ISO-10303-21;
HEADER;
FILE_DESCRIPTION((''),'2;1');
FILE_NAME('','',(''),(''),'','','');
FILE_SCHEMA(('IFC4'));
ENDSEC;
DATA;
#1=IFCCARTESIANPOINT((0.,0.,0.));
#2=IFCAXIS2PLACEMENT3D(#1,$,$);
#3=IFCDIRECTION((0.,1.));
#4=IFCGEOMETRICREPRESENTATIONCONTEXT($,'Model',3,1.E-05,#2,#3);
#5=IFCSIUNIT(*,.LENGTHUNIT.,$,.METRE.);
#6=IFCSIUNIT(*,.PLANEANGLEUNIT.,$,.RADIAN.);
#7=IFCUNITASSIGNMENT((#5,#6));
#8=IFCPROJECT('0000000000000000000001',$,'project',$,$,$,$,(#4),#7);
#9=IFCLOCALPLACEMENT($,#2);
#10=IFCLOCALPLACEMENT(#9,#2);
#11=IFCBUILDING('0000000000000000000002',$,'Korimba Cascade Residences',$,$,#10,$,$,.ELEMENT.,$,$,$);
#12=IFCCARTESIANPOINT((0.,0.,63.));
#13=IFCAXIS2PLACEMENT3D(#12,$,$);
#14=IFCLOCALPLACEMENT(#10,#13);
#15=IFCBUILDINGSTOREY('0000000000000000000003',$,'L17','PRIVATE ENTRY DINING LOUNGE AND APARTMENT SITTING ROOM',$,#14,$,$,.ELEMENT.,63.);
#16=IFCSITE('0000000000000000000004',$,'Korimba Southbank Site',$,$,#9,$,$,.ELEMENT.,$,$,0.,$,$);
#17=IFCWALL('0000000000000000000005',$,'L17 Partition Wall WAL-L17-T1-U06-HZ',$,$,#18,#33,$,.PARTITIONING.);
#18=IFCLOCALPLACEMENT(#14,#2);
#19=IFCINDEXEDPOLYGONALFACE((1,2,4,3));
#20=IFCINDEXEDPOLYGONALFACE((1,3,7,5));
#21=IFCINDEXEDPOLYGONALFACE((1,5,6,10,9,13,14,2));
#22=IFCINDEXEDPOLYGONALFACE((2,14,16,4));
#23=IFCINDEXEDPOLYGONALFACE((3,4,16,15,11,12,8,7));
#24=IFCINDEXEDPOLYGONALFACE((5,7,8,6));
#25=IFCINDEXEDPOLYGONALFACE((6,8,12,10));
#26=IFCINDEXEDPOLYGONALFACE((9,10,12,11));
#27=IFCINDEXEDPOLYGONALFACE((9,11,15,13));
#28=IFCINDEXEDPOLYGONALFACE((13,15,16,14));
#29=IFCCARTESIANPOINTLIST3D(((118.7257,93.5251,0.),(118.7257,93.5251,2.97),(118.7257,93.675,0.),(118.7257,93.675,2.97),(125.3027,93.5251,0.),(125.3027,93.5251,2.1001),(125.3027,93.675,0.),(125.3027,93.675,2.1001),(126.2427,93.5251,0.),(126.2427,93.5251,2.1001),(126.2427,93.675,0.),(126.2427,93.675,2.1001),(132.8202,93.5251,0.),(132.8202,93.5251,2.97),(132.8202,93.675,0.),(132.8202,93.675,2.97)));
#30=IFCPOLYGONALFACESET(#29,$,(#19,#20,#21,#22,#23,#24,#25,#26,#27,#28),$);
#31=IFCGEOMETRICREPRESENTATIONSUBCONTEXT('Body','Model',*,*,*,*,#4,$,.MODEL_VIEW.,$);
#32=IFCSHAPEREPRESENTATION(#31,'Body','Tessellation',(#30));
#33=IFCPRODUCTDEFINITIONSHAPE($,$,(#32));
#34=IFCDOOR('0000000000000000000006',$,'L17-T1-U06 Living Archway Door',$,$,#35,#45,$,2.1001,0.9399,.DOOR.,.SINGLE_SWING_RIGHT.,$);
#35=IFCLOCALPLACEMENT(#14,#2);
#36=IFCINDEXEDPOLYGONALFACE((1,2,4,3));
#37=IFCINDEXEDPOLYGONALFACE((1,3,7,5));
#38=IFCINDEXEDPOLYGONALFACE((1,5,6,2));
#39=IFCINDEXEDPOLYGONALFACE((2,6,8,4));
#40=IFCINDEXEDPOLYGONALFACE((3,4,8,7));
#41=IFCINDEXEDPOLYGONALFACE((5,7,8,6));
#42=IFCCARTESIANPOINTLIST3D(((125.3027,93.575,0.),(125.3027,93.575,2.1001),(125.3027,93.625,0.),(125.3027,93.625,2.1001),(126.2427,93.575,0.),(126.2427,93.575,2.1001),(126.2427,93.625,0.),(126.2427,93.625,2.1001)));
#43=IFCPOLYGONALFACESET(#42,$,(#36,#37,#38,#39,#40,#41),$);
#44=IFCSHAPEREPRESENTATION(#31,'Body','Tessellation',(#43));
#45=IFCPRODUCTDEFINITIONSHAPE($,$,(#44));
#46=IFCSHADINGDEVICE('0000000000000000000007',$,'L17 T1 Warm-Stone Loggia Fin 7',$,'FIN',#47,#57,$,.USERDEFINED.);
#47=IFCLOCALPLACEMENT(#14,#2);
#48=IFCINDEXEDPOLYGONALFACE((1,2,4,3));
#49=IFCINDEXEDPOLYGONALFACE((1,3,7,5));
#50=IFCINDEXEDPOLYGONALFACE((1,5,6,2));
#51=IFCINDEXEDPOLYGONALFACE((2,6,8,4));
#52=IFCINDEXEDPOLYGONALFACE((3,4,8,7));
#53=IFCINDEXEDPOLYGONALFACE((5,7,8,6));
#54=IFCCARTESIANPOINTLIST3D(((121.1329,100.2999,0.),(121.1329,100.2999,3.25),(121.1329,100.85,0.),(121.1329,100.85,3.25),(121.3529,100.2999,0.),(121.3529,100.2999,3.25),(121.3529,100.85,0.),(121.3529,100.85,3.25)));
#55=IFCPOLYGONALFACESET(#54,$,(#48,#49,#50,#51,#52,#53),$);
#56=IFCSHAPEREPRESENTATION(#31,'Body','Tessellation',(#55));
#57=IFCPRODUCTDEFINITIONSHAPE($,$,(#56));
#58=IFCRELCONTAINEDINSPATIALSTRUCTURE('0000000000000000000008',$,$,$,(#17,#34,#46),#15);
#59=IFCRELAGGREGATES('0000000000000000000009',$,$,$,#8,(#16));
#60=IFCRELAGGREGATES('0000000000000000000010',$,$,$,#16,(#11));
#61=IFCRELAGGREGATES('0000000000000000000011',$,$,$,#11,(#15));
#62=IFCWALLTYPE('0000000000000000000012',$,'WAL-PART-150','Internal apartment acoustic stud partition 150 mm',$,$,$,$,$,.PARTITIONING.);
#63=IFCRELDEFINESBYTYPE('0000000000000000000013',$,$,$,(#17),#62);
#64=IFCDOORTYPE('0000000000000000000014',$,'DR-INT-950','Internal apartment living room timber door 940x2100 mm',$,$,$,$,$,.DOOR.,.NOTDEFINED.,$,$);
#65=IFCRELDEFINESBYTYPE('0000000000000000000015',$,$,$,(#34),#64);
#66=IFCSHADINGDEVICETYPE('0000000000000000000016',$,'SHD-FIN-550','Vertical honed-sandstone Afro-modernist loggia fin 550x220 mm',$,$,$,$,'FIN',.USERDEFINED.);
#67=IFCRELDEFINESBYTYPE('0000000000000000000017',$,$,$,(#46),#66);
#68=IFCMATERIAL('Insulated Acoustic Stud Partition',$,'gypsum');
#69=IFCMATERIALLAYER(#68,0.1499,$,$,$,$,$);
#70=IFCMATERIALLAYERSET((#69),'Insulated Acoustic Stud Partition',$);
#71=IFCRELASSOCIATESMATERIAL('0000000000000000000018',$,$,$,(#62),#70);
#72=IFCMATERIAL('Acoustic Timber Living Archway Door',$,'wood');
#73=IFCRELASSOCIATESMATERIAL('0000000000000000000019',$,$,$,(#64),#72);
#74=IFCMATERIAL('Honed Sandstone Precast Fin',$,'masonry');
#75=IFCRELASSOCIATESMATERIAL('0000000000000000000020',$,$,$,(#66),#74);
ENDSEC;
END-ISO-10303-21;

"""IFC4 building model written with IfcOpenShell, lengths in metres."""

from ifc_helpers import new_model, si_unit, direction, frame, frame_2d, origin, origin_2d, place, context, subcontext, project, spatial, rectangle, extrude, material, layer, layer_set, type_object, element, fill, save


model = new_model("IFC4")

# Units and contexts
model_context = context("Model", 3, precision=1e-05, world=origin(), true_north=direction((0.0, 1.0)))
body_context = subcontext(model_context, "Body", "Model", "MODEL_VIEW")
ifc_project = project(units=[si_unit("LENGTHUNIT", "METRE"), si_unit("PLANEANGLEUNIT", "RADIAN")], contexts=[model_context])

# Site, building, storey
site_placement = place(None, origin())
site = spatial("IfcSite", under=ifc_project, at=site_placement, Name="Korimba Southbank Site", CompositionType="ELEMENT", RefElevation=0.0)
building_placement = place(site_placement, origin())
building = spatial("IfcBuilding", under=site, at=building_placement, Name="Korimba Cascade Residences", CompositionType="ELEMENT")
storey_placement = place(building_placement, frame((0.0, 0.0, 63.0)))
storey = spatial("IfcBuildingStorey", under=building, at=storey_placement, Name="L17", Description="PRIVATE ENTRY DINING LOUNGE AND APARTMENT SITTING ROOM", CompositionType="ELEMENT", Elevation=63.0)

# Shared definitions
ifc_material_1 = material(Name="Insulated Acoustic Stud Partition", Category="gypsum")
ifc_layer = layer(ifc_material_1, 0.1499)
ifc_layer_set = layer_set([ifc_layer], Name="Insulated Acoustic Stud Partition")
wall_type = type_object("IfcWallType", Name="WAL-PART-150", Description="Internal apartment acoustic stud partition 150 mm", PredefinedType="PARTITIONING", material=ifc_layer_set)

# Wall, opening, door
wall_1_placement = place(storey_placement, frame((118.7256, 93.6001, 0.0), z_axis=(0.0, 0.0, 1.0), x_axis=(1.0, 0.0, 0.0)))
wall_1 = element("IfcWall", 1, at=wall_1_placement, inside=storey, type_object=wall_type, Name="L17 Partition Wall WAL-L17-T1-U06-HZ", PredefinedType="PARTITIONING", context=body_context, shape_type="SweptSolid", body=[
    extrude(rectangle(XDim=14.0945, YDim=0.1499, at=frame_2d((7.0474, 0.0))), origin(), (0.0, 0.0, 1.0), 2.97),
])
opening_1_placement = place(wall_1_placement, frame((6.5771, 0.0, 0.0)))
opening_1 = element("IfcOpeningElement", 2, at=opening_1_placement, cuts=wall_1, PredefinedType="OPENING", context=body_context, shape_type="SweptSolid", body=[
    extrude(rectangle(XDim=0.9399, YDim=2.1001, at=frame_2d((0.47, 1.05))), frame((0.0, 0.085, 0.0), z_axis=(0.0, -1.0, 0.0), x_axis=(1.0, 0.0, 0.0)), (0.0, 0.0, 1.0), 0.1699),
])
ifc_material_2 = material(Name="Acoustic Timber Living Archway Door", Category="wood")
door_type_1 = type_object("IfcDoorType", Name="DR-INT-950", Description="Internal apartment living room timber door 940x2100 mm", OperationType="NOTDEFINED", PredefinedType="DOOR", material=ifc_material_2)
door_1_placement = place(opening_1_placement, origin())
door_1 = element("IfcDoor", 3, at=door_1_placement, inside=storey, type_object=door_type_1, Name="L17-T1-U06 Living Archway Door", OperationType="SINGLE_SWING_RIGHT", OverallHeight=2.1001, OverallWidth=0.9399, PredefinedType="DOOR", context=body_context, shape_type="SweptSolid", body=[
    extrude(rectangle(XDim=0.9399, YDim=2.1001, at=frame_2d((0.47, 1.05))), frame((0.0, 0.0249, 0.0), z_axis=(0.0, -1.0, 0.0), x_axis=(1.0, 0.0, 0.0)), (0.0, 0.0, 1.0), 0.05),
])
fill(opening_1, door_1)

# Shading device
ifc_material_3 = material(Name="Honed Sandstone Precast Fin", Category="masonry")
shading_device_type = type_object("IfcShadingDeviceType", Name="SHD-FIN-550", Description="Vertical honed-sandstone Afro-modernist loggia fin 550x220 mm", ElementType="FIN", PredefinedType="USERDEFINED", material=ifc_material_3)
shading_device_placement = place(storey_placement, frame((121.2429, 100.575, 0.0), z_axis=(0.0, 0.0, 1.0), x_axis=(1.0, 0.0, 0.0)))
element("IfcShadingDevice", 4, at=shading_device_placement, inside=storey, type_object=shading_device_type, Name="L17 T1 Warm-Stone Loggia Fin 7", ObjectType="FIN", PredefinedType="USERDEFINED", context=body_context, shape_type="SweptSolid", body=[
    extrude(rectangle(XDim=0.22, YDim=0.55, at=origin_2d()), origin(), (0.0, 0.0, 1.0), 3.25),
])

save(model, "model.ifc")
